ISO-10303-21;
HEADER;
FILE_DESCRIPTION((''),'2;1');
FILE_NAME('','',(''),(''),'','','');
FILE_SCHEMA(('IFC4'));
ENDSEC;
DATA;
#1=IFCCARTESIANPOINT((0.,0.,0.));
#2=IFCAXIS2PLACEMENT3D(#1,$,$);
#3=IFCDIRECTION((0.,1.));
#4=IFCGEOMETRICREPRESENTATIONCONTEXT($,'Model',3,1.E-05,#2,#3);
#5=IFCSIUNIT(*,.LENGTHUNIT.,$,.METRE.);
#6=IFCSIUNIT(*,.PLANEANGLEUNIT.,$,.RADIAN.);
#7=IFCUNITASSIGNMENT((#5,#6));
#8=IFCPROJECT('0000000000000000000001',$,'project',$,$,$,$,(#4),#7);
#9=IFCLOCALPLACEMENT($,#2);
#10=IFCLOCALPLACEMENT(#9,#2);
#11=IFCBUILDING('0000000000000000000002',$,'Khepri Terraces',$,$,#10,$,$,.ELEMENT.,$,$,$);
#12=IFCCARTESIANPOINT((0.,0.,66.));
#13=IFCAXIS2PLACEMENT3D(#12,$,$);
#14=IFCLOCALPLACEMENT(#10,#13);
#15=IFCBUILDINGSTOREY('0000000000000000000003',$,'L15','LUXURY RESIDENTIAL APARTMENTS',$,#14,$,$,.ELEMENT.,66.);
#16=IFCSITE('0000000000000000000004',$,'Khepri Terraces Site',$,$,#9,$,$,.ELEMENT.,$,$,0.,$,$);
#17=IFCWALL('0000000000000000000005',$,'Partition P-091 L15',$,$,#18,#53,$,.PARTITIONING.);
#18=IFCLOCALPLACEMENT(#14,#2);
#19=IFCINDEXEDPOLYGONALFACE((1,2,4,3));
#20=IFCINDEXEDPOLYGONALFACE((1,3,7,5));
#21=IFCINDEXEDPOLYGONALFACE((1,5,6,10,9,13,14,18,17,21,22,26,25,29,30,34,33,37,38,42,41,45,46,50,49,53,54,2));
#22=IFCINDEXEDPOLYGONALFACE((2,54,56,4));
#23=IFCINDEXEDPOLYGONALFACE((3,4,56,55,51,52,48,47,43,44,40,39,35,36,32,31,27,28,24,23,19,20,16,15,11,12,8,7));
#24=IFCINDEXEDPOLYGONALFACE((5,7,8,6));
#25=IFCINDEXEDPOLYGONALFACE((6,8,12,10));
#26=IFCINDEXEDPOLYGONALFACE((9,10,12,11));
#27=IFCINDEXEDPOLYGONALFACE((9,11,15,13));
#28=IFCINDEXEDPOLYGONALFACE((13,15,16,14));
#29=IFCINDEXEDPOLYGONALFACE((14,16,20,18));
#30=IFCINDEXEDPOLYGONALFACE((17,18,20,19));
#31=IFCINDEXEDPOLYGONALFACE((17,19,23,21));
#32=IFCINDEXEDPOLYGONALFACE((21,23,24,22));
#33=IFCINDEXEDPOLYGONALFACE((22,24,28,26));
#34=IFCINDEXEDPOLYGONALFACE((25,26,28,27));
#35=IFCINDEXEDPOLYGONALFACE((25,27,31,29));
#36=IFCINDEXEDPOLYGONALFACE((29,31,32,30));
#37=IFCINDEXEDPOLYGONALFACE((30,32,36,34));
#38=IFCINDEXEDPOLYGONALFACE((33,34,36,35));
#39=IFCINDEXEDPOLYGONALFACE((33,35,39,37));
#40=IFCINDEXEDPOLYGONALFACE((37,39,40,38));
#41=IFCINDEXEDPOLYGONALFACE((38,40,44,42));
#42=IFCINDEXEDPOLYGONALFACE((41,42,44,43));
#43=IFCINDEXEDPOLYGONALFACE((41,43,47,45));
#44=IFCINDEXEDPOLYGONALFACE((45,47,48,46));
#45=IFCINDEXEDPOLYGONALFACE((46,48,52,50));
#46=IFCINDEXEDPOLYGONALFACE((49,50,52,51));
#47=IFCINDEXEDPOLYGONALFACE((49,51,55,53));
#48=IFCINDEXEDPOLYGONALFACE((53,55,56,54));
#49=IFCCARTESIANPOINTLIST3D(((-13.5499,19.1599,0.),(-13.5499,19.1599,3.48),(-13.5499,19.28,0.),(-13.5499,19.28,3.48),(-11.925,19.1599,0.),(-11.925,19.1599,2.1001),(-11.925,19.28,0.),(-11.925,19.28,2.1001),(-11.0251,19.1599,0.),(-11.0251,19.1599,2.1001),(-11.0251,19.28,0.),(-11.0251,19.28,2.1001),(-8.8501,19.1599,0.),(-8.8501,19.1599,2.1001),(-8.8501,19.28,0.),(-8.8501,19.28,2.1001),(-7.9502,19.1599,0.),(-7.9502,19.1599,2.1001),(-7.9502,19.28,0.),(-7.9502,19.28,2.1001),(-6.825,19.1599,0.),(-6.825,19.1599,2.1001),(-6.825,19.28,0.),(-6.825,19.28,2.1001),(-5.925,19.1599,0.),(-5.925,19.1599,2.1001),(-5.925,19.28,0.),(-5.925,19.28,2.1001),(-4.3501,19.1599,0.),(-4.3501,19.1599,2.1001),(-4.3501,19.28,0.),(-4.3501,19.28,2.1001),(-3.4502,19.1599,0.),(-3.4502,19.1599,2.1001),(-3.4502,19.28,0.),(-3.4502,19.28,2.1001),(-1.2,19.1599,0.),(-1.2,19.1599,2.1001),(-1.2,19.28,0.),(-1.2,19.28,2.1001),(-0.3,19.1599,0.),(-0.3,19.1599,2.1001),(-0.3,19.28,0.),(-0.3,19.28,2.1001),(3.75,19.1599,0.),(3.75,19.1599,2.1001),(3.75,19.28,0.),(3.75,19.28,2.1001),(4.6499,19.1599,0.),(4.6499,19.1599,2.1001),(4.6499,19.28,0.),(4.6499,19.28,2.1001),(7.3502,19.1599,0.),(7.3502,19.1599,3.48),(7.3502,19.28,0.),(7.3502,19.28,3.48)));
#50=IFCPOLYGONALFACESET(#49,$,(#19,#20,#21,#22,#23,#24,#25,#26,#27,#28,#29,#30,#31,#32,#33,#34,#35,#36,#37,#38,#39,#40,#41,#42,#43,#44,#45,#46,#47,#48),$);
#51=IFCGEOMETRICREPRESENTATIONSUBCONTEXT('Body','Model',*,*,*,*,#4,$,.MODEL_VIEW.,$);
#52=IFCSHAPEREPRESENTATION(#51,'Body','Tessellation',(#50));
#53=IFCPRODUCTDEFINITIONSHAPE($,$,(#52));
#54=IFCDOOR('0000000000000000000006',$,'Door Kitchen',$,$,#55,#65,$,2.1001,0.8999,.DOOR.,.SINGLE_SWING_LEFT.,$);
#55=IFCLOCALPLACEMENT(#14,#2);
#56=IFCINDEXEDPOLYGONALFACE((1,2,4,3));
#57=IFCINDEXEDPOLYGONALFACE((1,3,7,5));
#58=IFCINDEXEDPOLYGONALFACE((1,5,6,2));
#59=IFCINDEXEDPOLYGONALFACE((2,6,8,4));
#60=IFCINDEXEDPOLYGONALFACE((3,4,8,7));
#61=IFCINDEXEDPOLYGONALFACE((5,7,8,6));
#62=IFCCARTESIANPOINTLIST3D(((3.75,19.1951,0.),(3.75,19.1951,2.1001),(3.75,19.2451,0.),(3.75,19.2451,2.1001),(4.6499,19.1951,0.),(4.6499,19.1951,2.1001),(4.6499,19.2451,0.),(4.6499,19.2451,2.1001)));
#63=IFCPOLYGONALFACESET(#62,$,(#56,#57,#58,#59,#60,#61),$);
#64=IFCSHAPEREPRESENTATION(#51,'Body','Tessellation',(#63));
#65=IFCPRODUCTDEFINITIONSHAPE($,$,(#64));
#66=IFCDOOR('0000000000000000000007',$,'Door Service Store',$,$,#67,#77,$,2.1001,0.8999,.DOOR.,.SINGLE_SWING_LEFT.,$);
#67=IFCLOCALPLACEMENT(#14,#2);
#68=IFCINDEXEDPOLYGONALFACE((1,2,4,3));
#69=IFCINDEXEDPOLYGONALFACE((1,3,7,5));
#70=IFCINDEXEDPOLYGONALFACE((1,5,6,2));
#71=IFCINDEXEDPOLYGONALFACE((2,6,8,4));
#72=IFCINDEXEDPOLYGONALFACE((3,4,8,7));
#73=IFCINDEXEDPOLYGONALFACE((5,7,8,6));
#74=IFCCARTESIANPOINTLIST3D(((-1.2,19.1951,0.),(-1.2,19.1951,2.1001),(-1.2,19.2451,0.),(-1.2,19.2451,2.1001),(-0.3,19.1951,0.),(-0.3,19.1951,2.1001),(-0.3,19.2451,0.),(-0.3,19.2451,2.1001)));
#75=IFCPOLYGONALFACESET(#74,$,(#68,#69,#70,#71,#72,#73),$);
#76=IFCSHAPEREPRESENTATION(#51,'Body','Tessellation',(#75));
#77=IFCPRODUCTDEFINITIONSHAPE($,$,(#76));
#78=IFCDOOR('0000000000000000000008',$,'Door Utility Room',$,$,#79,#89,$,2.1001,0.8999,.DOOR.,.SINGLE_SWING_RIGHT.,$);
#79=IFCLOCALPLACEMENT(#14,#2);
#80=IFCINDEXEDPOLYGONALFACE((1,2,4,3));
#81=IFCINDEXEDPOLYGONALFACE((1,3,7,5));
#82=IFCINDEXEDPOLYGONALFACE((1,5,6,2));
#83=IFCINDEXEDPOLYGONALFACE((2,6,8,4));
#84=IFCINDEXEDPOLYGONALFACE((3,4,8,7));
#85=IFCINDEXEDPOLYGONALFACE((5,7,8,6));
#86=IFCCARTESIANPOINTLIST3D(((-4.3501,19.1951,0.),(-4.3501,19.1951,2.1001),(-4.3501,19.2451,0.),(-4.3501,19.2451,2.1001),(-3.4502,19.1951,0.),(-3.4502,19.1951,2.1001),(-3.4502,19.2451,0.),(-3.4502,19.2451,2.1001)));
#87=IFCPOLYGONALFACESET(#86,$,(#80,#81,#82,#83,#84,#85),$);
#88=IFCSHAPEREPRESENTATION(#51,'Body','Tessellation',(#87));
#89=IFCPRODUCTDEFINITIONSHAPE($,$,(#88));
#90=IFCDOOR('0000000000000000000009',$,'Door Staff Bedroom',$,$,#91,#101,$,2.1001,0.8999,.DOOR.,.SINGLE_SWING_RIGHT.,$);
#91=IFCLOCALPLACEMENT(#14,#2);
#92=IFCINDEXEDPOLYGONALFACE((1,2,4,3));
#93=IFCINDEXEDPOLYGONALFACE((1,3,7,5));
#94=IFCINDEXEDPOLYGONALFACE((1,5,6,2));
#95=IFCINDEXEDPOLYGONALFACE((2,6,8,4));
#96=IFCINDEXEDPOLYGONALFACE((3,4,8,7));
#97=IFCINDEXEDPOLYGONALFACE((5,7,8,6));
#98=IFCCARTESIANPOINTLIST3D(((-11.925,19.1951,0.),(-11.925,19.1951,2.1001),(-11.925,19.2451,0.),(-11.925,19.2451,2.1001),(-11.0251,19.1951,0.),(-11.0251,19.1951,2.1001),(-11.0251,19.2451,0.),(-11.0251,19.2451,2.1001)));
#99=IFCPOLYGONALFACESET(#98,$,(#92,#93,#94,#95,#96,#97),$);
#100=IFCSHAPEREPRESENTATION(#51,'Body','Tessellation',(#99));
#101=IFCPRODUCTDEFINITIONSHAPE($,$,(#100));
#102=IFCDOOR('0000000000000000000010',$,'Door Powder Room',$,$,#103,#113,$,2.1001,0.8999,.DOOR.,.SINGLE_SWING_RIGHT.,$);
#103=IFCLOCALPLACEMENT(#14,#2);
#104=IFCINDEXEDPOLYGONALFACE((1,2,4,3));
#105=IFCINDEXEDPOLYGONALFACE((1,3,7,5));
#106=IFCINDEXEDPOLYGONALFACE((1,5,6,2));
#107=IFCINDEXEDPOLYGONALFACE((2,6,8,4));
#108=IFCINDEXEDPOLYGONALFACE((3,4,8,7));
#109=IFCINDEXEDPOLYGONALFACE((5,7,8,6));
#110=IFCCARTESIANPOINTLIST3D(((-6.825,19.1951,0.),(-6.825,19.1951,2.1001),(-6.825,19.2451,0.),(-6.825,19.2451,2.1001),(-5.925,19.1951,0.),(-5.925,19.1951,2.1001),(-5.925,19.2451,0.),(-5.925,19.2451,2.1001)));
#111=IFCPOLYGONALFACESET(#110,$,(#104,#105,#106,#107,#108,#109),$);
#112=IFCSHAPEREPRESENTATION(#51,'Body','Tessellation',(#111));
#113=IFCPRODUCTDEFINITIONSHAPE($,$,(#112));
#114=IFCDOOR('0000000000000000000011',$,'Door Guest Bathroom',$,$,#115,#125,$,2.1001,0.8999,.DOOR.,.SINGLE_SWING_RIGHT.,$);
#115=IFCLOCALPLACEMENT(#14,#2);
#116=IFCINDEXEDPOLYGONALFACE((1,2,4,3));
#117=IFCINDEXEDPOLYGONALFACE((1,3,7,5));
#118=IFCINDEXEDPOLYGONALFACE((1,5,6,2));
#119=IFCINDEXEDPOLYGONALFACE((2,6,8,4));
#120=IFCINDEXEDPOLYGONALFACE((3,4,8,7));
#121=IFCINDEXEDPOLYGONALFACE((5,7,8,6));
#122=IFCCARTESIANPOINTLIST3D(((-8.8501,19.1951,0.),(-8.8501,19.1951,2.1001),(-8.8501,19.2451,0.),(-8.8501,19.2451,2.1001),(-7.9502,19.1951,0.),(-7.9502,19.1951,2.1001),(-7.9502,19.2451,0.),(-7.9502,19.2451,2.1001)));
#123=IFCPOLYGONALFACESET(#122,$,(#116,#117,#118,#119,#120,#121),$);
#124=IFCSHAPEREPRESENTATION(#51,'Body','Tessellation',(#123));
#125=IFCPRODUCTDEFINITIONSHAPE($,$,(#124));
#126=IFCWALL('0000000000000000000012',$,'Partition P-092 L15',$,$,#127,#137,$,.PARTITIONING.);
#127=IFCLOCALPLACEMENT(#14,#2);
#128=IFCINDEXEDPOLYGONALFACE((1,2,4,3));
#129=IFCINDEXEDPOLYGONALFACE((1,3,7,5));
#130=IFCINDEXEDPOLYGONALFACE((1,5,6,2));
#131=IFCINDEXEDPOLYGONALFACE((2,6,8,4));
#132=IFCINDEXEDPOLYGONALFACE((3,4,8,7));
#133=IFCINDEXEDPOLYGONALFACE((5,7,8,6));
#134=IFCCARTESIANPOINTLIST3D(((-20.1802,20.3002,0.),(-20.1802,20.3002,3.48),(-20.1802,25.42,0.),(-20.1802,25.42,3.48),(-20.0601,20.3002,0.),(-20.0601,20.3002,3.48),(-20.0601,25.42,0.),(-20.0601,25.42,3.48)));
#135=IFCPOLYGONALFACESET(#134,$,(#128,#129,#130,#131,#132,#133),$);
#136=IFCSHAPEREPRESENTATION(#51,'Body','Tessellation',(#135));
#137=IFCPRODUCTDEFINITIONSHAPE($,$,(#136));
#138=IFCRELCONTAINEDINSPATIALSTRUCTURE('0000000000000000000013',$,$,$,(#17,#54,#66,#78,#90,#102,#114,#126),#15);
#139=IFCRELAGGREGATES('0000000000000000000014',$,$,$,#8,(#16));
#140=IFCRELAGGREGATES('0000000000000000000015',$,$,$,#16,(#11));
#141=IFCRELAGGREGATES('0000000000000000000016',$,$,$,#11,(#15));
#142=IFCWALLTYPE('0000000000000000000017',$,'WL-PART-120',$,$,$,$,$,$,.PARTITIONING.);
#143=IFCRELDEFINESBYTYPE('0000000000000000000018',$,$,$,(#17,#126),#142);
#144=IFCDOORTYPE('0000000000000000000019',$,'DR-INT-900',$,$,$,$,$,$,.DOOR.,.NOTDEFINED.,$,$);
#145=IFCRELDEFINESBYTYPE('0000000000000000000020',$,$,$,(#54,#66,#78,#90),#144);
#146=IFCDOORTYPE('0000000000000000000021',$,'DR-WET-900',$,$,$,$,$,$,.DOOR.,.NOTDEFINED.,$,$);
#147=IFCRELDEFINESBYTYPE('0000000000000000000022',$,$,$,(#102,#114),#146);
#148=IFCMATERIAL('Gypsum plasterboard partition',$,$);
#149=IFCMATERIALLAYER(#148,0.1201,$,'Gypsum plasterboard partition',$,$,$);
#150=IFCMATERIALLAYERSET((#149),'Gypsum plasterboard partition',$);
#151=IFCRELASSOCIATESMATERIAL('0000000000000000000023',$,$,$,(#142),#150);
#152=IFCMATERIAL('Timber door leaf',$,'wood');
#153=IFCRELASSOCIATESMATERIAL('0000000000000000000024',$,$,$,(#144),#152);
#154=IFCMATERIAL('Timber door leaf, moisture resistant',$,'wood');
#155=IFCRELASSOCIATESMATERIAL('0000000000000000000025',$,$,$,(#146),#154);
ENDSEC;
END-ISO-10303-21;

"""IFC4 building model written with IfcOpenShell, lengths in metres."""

from ifc_helpers import new_model, si_unit, direction, frame, frame_2d, origin, place, context, subcontext, project, spatial, rectangle, extrude, material, layer, layer_set, type_object, element, fill, save


model = new_model("IFC4")

# Units and contexts
model_context = context("Model", 3, precision=1e-05, world=origin(), true_north=direction((0.0, 1.0)))
body_context = subcontext(model_context, "Body", "Model", "MODEL_VIEW")
ifc_project = project(units=[si_unit("LENGTHUNIT", "METRE"), si_unit("PLANEANGLEUNIT", "RADIAN")], contexts=[model_context])

# Site, building, storey
site_placement = place(None, origin())
site = spatial("IfcSite", under=ifc_project, at=site_placement, Name="Khepri Terraces Site", CompositionType="ELEMENT", RefElevation=0.0)
building_placement = place(site_placement, origin())
building = spatial("IfcBuilding", under=site, at=building_placement, Name="Khepri Terraces", CompositionType="ELEMENT")
storey_placement = place(building_placement, frame((0.0, 0.0, 66.0)))
storey = spatial("IfcBuildingStorey", under=building, at=storey_placement, Name="L15", Description="LUXURY RESIDENTIAL APARTMENTS", CompositionType="ELEMENT", Elevation=66.0)

# Shared definitions
ifc_material_1 = material(Name="Gypsum plasterboard partition")
ifc_layer_1 = layer(ifc_material_1, 0.1201, Name="Gypsum plasterboard partition")
ifc_layer_set_1 = layer_set([ifc_layer_1], Name="Gypsum plasterboard partition")
wall_type_1 = type_object("IfcWallType", Name="WL-PART-120", PredefinedType="PARTITIONING", material=ifc_layer_set_1)

# Wall, openings, doors
wall_1_placement = place(storey_placement, frame((-13.55, 19.22, 0.0), z_axis=(0.0, 0.0, 1.0), x_axis=(1.0, 0.0, 0.0)))
wall_1 = element("IfcWall", 1, at=wall_1_placement, inside=storey, type_object=wall_type_1, Name="Partition P-091 L15", PredefinedType="PARTITIONING", context=body_context, shape_type="SweptSolid", body=[
    extrude(rectangle(XDim=20.9001, YDim=0.1201, at=frame_2d((10.4502, 0.0))), origin(), (0.0, 0.0, 1.0), 3.48),
])
opening_1_placement = place(wall_1_placement, frame((17.3, 0.0, 0.0)))
opening_1 = element("IfcOpeningElement", 2, at=opening_1_placement, cuts=wall_1, PredefinedType="OPENING", context=body_context, shape_type="SweptSolid", body=[
    extrude(rectangle(XDim=0.8999, YDim=2.1001, at=frame_2d((0.45, 1.05))), frame((0.0, 0.0701, 0.0), z_axis=(0.0, -1.0, 0.0), x_axis=(1.0, 0.0, 0.0)), (0.0, 0.0, 1.0), 0.1401),
])
opening_2_placement = place(wall_1_placement, frame((12.3501, 0.0, 0.0)))
opening_2 = element("IfcOpeningElement", 3, at=opening_2_placement, cuts=wall_1, PredefinedType="OPENING", context=body_context, shape_type="SweptSolid", body=[
    extrude(rectangle(XDim=0.8999, YDim=2.1001, at=frame_2d((0.45, 1.05))), frame((0.0, 0.0701, 0.0), z_axis=(0.0, -1.0, 0.0), x_axis=(1.0, 0.0, 0.0)), (0.0, 0.0, 1.0), 0.1401),
])
opening_3_placement = place(wall_1_placement, frame((9.2, 0.0, 0.0)))
opening_3 = element("IfcOpeningElement", 4, at=opening_3_placement, cuts=wall_1, PredefinedType="OPENING", context=body_context, shape_type="SweptSolid", body=[
    extrude(rectangle(XDim=0.8999, YDim=2.1001, at=frame_2d((0.45, 1.05))), frame((0.0, 0.0701, 0.0), z_axis=(0.0, -1.0, 0.0), x_axis=(1.0, 0.0, 0.0)), (0.0, 0.0, 1.0), 0.1401),
])
opening_4_placement = place(wall_1_placement, frame((6.7251, 0.0, 0.0)))
opening_4 = element("IfcOpeningElement", 5, at=opening_4_placement, cuts=wall_1, PredefinedType="OPENING", context=body_context, shape_type="SweptSolid", body=[
    extrude(rectangle(XDim=0.8999, YDim=2.1001, at=frame_2d((0.45, 1.05))), frame((0.0, 0.0701, 0.0), z_axis=(0.0, -1.0, 0.0), x_axis=(1.0, 0.0, 0.0)), (0.0, 0.0, 1.0), 0.1401),
])
opening_5_placement = place(wall_1_placement, frame((4.7, 0.0, 0.0)))
opening_5 = element("IfcOpeningElement", 6, at=opening_5_placement, cuts=wall_1, PredefinedType="OPENING", context=body_context, shape_type="SweptSolid", body=[
    extrude(rectangle(XDim=0.8999, YDim=2.1001, at=frame_2d((0.45, 1.05))), frame((0.0, 0.0701, 0.0), z_axis=(0.0, -1.0, 0.0), x_axis=(1.0, 0.0, 0.0)), (0.0, 0.0, 1.0), 0.1401),
])
opening_6_placement = place(wall_1_placement, frame((1.625, 0.0, 0.0)))
opening_6 = element("IfcOpeningElement", 7, at=opening_6_placement, cuts=wall_1, PredefinedType="OPENING", context=body_context, shape_type="SweptSolid", body=[
    extrude(rectangle(XDim=0.8999, YDim=2.1001, at=frame_2d((0.45, 1.05))), frame((0.0, 0.0701, 0.0), z_axis=(0.0, -1.0, 0.0), x_axis=(1.0, 0.0, 0.0)), (0.0, 0.0, 1.0), 0.1401),
])
ifc_material_2 = material(Name="Timber door leaf", Category="wood")
door_type_1 = type_object("IfcDoorType", Name="DR-INT-900", OperationType="NOTDEFINED", PredefinedType="DOOR", material=ifc_material_2)
door_1_placement = place(opening_1_placement, frame((0.8999, 0.0, 0.0), z_axis=(0.0, 0.0, 1.0), x_axis=(-1.0, 0.0, 0.0)))
door_1 = element("IfcDoor", 8, at=door_1_placement, inside=storey, type_object=door_type_1, Name="Door Kitchen", OperationType="SINGLE_SWING_LEFT", OverallHeight=2.1001, OverallWidth=0.8999, PredefinedType="DOOR", context=body_context, shape_type="SweptSolid", body=[
    extrude(rectangle(XDim=0.8999, YDim=2.1001, at=frame_2d((0.45, 1.05))), frame((0.0, 0.0249, 0.0), z_axis=(0.0, -1.0, 0.0), x_axis=(1.0, 0.0, 0.0)), (0.0, 0.0, 1.0), 0.05),
])
fill(opening_1, door_1)
door_2_placement = place(opening_2_placement, frame((0.8999, 0.0, 0.0), z_axis=(0.0, 0.0, 1.0), x_axis=(-1.0, 0.0, 0.0)))
door_2 = element("IfcDoor", 9, at=door_2_placement, inside=storey, type_object=door_type_1, Name="Door Service Store", OperationType="SINGLE_SWING_LEFT", OverallHeight=2.1001, OverallWidth=0.8999, PredefinedType="DOOR", context=body_context, shape_type="SweptSolid", body=[
    extrude(rectangle(XDim=0.8999, YDim=2.1001, at=frame_2d((0.45, 1.05))), frame((0.0, 0.0249, 0.0), z_axis=(0.0, -1.0, 0.0), x_axis=(1.0, 0.0, 0.0)), (0.0, 0.0, 1.0), 0.05),
])
fill(opening_2, door_2)
door_3_placement = place(opening_3_placement, frame((0.8999, 0.0, 0.0), z_axis=(0.0, 0.0, 1.0), x_axis=(-1.0, 0.0, 0.0)))
door_3 = element("IfcDoor", 10, at=door_3_placement, inside=storey, type_object=door_type_1, Name="Door Utility Room", OperationType="SINGLE_SWING_RIGHT", OverallHeight=2.1001, OverallWidth=0.8999, PredefinedType="DOOR", context=body_context, shape_type="SweptSolid", body=[
    extrude(rectangle(XDim=0.8999, YDim=2.1001, at=frame_2d((0.45, 1.05))), frame((0.0, 0.0249, 0.0), z_axis=(0.0, -1.0, 0.0), x_axis=(1.0, 0.0, 0.0)), (0.0, 0.0, 1.0), 0.05),
])
fill(opening_3, door_3)
door_4_placement = place(opening_6_placement, frame((0.8999, 0.0, 0.0), z_axis=(0.0, 0.0, 1.0), x_axis=(-1.0, 0.0, 0.0)))
door_4 = element("IfcDoor", 11, at=door_4_placement, inside=storey, type_object=door_type_1, Name="Door Staff Bedroom", OperationType="SINGLE_SWING_RIGHT", OverallHeight=2.1001, OverallWidth=0.8999, PredefinedType="DOOR", context=body_context, shape_type="SweptSolid", body=[
    extrude(rectangle(XDim=0.8999, YDim=2.1001, at=frame_2d((0.45, 1.05))), frame((0.0, 0.0249, 0.0), z_axis=(0.0, -1.0, 0.0), x_axis=(1.0, 0.0, 0.0)), (0.0, 0.0, 1.0), 0.05),
])
fill(opening_6, door_4)
ifc_material_3 = material(Name="Timber door leaf, moisture resistant", Category="wood")
door_type_2 = type_object("IfcDoorType", Name="DR-WET-900", OperationType="NOTDEFINED", PredefinedType="DOOR", material=ifc_material_3)
door_5_placement = place(opening_4_placement, frame((0.8999, 0.0, 0.0), z_axis=(0.0, 0.0, 1.0), x_axis=(-1.0, 0.0, 0.0)))
door_5 = element("IfcDoor", 12, at=door_5_placement, inside=storey, type_object=door_type_2, Name="Door Powder Room", OperationType="SINGLE_SWING_RIGHT", OverallHeight=2.1001, OverallWidth=0.8999, PredefinedType="DOOR", context=body_context, shape_type="SweptSolid", body=[
    extrude(rectangle(XDim=0.8999, YDim=2.1001, at=frame_2d((0.45, 1.05))), frame((0.0, 0.0249, 0.0), z_axis=(0.0, -1.0, 0.0), x_axis=(1.0, 0.0, 0.0)), (0.0, 0.0, 1.0), 0.05),
])
fill(opening_4, door_5)
door_6_placement = place(opening_5_placement, frame((0.8999, 0.0, 0.0), z_axis=(0.0, 0.0, 1.0), x_axis=(-1.0, 0.0, 0.0)))
door_6 = element("IfcDoor", 13, at=door_6_placement, inside=storey, type_object=door_type_2, Name="Door Guest Bathroom", OperationType="SINGLE_SWING_RIGHT", OverallHeight=2.1001, OverallWidth=0.8999, PredefinedType="DOOR", context=body_context, shape_type="SweptSolid", body=[
    extrude(rectangle(XDim=0.8999, YDim=2.1001, at=frame_2d((0.45, 1.05))), frame((0.0, 0.0249, 0.0), z_axis=(0.0, -1.0, 0.0), x_axis=(1.0, 0.0, 0.0)), (0.0, 0.0, 1.0), 0.05),
])
fill(opening_5, door_6)

# Wall
wall_2_placement = place(storey_placement, frame((-20.1201, 20.3, 0.0), z_axis=(0.0, 0.0, 1.0), x_axis=(0.0, 1.0, 0.0)))
element("IfcWall", 14, at=wall_2_placement, inside=storey, type_object=wall_type_1, Name="Partition P-092 L15", PredefinedType="PARTITIONING", context=body_context, shape_type="SweptSolid", body=[
    extrude(rectangle(XDim=5.1199, YDim=0.1201, at=frame_2d((2.5601, 0.0))), origin(), (0.0, 0.0, 1.0), 3.48),
])

save(model, "model.ifc")
